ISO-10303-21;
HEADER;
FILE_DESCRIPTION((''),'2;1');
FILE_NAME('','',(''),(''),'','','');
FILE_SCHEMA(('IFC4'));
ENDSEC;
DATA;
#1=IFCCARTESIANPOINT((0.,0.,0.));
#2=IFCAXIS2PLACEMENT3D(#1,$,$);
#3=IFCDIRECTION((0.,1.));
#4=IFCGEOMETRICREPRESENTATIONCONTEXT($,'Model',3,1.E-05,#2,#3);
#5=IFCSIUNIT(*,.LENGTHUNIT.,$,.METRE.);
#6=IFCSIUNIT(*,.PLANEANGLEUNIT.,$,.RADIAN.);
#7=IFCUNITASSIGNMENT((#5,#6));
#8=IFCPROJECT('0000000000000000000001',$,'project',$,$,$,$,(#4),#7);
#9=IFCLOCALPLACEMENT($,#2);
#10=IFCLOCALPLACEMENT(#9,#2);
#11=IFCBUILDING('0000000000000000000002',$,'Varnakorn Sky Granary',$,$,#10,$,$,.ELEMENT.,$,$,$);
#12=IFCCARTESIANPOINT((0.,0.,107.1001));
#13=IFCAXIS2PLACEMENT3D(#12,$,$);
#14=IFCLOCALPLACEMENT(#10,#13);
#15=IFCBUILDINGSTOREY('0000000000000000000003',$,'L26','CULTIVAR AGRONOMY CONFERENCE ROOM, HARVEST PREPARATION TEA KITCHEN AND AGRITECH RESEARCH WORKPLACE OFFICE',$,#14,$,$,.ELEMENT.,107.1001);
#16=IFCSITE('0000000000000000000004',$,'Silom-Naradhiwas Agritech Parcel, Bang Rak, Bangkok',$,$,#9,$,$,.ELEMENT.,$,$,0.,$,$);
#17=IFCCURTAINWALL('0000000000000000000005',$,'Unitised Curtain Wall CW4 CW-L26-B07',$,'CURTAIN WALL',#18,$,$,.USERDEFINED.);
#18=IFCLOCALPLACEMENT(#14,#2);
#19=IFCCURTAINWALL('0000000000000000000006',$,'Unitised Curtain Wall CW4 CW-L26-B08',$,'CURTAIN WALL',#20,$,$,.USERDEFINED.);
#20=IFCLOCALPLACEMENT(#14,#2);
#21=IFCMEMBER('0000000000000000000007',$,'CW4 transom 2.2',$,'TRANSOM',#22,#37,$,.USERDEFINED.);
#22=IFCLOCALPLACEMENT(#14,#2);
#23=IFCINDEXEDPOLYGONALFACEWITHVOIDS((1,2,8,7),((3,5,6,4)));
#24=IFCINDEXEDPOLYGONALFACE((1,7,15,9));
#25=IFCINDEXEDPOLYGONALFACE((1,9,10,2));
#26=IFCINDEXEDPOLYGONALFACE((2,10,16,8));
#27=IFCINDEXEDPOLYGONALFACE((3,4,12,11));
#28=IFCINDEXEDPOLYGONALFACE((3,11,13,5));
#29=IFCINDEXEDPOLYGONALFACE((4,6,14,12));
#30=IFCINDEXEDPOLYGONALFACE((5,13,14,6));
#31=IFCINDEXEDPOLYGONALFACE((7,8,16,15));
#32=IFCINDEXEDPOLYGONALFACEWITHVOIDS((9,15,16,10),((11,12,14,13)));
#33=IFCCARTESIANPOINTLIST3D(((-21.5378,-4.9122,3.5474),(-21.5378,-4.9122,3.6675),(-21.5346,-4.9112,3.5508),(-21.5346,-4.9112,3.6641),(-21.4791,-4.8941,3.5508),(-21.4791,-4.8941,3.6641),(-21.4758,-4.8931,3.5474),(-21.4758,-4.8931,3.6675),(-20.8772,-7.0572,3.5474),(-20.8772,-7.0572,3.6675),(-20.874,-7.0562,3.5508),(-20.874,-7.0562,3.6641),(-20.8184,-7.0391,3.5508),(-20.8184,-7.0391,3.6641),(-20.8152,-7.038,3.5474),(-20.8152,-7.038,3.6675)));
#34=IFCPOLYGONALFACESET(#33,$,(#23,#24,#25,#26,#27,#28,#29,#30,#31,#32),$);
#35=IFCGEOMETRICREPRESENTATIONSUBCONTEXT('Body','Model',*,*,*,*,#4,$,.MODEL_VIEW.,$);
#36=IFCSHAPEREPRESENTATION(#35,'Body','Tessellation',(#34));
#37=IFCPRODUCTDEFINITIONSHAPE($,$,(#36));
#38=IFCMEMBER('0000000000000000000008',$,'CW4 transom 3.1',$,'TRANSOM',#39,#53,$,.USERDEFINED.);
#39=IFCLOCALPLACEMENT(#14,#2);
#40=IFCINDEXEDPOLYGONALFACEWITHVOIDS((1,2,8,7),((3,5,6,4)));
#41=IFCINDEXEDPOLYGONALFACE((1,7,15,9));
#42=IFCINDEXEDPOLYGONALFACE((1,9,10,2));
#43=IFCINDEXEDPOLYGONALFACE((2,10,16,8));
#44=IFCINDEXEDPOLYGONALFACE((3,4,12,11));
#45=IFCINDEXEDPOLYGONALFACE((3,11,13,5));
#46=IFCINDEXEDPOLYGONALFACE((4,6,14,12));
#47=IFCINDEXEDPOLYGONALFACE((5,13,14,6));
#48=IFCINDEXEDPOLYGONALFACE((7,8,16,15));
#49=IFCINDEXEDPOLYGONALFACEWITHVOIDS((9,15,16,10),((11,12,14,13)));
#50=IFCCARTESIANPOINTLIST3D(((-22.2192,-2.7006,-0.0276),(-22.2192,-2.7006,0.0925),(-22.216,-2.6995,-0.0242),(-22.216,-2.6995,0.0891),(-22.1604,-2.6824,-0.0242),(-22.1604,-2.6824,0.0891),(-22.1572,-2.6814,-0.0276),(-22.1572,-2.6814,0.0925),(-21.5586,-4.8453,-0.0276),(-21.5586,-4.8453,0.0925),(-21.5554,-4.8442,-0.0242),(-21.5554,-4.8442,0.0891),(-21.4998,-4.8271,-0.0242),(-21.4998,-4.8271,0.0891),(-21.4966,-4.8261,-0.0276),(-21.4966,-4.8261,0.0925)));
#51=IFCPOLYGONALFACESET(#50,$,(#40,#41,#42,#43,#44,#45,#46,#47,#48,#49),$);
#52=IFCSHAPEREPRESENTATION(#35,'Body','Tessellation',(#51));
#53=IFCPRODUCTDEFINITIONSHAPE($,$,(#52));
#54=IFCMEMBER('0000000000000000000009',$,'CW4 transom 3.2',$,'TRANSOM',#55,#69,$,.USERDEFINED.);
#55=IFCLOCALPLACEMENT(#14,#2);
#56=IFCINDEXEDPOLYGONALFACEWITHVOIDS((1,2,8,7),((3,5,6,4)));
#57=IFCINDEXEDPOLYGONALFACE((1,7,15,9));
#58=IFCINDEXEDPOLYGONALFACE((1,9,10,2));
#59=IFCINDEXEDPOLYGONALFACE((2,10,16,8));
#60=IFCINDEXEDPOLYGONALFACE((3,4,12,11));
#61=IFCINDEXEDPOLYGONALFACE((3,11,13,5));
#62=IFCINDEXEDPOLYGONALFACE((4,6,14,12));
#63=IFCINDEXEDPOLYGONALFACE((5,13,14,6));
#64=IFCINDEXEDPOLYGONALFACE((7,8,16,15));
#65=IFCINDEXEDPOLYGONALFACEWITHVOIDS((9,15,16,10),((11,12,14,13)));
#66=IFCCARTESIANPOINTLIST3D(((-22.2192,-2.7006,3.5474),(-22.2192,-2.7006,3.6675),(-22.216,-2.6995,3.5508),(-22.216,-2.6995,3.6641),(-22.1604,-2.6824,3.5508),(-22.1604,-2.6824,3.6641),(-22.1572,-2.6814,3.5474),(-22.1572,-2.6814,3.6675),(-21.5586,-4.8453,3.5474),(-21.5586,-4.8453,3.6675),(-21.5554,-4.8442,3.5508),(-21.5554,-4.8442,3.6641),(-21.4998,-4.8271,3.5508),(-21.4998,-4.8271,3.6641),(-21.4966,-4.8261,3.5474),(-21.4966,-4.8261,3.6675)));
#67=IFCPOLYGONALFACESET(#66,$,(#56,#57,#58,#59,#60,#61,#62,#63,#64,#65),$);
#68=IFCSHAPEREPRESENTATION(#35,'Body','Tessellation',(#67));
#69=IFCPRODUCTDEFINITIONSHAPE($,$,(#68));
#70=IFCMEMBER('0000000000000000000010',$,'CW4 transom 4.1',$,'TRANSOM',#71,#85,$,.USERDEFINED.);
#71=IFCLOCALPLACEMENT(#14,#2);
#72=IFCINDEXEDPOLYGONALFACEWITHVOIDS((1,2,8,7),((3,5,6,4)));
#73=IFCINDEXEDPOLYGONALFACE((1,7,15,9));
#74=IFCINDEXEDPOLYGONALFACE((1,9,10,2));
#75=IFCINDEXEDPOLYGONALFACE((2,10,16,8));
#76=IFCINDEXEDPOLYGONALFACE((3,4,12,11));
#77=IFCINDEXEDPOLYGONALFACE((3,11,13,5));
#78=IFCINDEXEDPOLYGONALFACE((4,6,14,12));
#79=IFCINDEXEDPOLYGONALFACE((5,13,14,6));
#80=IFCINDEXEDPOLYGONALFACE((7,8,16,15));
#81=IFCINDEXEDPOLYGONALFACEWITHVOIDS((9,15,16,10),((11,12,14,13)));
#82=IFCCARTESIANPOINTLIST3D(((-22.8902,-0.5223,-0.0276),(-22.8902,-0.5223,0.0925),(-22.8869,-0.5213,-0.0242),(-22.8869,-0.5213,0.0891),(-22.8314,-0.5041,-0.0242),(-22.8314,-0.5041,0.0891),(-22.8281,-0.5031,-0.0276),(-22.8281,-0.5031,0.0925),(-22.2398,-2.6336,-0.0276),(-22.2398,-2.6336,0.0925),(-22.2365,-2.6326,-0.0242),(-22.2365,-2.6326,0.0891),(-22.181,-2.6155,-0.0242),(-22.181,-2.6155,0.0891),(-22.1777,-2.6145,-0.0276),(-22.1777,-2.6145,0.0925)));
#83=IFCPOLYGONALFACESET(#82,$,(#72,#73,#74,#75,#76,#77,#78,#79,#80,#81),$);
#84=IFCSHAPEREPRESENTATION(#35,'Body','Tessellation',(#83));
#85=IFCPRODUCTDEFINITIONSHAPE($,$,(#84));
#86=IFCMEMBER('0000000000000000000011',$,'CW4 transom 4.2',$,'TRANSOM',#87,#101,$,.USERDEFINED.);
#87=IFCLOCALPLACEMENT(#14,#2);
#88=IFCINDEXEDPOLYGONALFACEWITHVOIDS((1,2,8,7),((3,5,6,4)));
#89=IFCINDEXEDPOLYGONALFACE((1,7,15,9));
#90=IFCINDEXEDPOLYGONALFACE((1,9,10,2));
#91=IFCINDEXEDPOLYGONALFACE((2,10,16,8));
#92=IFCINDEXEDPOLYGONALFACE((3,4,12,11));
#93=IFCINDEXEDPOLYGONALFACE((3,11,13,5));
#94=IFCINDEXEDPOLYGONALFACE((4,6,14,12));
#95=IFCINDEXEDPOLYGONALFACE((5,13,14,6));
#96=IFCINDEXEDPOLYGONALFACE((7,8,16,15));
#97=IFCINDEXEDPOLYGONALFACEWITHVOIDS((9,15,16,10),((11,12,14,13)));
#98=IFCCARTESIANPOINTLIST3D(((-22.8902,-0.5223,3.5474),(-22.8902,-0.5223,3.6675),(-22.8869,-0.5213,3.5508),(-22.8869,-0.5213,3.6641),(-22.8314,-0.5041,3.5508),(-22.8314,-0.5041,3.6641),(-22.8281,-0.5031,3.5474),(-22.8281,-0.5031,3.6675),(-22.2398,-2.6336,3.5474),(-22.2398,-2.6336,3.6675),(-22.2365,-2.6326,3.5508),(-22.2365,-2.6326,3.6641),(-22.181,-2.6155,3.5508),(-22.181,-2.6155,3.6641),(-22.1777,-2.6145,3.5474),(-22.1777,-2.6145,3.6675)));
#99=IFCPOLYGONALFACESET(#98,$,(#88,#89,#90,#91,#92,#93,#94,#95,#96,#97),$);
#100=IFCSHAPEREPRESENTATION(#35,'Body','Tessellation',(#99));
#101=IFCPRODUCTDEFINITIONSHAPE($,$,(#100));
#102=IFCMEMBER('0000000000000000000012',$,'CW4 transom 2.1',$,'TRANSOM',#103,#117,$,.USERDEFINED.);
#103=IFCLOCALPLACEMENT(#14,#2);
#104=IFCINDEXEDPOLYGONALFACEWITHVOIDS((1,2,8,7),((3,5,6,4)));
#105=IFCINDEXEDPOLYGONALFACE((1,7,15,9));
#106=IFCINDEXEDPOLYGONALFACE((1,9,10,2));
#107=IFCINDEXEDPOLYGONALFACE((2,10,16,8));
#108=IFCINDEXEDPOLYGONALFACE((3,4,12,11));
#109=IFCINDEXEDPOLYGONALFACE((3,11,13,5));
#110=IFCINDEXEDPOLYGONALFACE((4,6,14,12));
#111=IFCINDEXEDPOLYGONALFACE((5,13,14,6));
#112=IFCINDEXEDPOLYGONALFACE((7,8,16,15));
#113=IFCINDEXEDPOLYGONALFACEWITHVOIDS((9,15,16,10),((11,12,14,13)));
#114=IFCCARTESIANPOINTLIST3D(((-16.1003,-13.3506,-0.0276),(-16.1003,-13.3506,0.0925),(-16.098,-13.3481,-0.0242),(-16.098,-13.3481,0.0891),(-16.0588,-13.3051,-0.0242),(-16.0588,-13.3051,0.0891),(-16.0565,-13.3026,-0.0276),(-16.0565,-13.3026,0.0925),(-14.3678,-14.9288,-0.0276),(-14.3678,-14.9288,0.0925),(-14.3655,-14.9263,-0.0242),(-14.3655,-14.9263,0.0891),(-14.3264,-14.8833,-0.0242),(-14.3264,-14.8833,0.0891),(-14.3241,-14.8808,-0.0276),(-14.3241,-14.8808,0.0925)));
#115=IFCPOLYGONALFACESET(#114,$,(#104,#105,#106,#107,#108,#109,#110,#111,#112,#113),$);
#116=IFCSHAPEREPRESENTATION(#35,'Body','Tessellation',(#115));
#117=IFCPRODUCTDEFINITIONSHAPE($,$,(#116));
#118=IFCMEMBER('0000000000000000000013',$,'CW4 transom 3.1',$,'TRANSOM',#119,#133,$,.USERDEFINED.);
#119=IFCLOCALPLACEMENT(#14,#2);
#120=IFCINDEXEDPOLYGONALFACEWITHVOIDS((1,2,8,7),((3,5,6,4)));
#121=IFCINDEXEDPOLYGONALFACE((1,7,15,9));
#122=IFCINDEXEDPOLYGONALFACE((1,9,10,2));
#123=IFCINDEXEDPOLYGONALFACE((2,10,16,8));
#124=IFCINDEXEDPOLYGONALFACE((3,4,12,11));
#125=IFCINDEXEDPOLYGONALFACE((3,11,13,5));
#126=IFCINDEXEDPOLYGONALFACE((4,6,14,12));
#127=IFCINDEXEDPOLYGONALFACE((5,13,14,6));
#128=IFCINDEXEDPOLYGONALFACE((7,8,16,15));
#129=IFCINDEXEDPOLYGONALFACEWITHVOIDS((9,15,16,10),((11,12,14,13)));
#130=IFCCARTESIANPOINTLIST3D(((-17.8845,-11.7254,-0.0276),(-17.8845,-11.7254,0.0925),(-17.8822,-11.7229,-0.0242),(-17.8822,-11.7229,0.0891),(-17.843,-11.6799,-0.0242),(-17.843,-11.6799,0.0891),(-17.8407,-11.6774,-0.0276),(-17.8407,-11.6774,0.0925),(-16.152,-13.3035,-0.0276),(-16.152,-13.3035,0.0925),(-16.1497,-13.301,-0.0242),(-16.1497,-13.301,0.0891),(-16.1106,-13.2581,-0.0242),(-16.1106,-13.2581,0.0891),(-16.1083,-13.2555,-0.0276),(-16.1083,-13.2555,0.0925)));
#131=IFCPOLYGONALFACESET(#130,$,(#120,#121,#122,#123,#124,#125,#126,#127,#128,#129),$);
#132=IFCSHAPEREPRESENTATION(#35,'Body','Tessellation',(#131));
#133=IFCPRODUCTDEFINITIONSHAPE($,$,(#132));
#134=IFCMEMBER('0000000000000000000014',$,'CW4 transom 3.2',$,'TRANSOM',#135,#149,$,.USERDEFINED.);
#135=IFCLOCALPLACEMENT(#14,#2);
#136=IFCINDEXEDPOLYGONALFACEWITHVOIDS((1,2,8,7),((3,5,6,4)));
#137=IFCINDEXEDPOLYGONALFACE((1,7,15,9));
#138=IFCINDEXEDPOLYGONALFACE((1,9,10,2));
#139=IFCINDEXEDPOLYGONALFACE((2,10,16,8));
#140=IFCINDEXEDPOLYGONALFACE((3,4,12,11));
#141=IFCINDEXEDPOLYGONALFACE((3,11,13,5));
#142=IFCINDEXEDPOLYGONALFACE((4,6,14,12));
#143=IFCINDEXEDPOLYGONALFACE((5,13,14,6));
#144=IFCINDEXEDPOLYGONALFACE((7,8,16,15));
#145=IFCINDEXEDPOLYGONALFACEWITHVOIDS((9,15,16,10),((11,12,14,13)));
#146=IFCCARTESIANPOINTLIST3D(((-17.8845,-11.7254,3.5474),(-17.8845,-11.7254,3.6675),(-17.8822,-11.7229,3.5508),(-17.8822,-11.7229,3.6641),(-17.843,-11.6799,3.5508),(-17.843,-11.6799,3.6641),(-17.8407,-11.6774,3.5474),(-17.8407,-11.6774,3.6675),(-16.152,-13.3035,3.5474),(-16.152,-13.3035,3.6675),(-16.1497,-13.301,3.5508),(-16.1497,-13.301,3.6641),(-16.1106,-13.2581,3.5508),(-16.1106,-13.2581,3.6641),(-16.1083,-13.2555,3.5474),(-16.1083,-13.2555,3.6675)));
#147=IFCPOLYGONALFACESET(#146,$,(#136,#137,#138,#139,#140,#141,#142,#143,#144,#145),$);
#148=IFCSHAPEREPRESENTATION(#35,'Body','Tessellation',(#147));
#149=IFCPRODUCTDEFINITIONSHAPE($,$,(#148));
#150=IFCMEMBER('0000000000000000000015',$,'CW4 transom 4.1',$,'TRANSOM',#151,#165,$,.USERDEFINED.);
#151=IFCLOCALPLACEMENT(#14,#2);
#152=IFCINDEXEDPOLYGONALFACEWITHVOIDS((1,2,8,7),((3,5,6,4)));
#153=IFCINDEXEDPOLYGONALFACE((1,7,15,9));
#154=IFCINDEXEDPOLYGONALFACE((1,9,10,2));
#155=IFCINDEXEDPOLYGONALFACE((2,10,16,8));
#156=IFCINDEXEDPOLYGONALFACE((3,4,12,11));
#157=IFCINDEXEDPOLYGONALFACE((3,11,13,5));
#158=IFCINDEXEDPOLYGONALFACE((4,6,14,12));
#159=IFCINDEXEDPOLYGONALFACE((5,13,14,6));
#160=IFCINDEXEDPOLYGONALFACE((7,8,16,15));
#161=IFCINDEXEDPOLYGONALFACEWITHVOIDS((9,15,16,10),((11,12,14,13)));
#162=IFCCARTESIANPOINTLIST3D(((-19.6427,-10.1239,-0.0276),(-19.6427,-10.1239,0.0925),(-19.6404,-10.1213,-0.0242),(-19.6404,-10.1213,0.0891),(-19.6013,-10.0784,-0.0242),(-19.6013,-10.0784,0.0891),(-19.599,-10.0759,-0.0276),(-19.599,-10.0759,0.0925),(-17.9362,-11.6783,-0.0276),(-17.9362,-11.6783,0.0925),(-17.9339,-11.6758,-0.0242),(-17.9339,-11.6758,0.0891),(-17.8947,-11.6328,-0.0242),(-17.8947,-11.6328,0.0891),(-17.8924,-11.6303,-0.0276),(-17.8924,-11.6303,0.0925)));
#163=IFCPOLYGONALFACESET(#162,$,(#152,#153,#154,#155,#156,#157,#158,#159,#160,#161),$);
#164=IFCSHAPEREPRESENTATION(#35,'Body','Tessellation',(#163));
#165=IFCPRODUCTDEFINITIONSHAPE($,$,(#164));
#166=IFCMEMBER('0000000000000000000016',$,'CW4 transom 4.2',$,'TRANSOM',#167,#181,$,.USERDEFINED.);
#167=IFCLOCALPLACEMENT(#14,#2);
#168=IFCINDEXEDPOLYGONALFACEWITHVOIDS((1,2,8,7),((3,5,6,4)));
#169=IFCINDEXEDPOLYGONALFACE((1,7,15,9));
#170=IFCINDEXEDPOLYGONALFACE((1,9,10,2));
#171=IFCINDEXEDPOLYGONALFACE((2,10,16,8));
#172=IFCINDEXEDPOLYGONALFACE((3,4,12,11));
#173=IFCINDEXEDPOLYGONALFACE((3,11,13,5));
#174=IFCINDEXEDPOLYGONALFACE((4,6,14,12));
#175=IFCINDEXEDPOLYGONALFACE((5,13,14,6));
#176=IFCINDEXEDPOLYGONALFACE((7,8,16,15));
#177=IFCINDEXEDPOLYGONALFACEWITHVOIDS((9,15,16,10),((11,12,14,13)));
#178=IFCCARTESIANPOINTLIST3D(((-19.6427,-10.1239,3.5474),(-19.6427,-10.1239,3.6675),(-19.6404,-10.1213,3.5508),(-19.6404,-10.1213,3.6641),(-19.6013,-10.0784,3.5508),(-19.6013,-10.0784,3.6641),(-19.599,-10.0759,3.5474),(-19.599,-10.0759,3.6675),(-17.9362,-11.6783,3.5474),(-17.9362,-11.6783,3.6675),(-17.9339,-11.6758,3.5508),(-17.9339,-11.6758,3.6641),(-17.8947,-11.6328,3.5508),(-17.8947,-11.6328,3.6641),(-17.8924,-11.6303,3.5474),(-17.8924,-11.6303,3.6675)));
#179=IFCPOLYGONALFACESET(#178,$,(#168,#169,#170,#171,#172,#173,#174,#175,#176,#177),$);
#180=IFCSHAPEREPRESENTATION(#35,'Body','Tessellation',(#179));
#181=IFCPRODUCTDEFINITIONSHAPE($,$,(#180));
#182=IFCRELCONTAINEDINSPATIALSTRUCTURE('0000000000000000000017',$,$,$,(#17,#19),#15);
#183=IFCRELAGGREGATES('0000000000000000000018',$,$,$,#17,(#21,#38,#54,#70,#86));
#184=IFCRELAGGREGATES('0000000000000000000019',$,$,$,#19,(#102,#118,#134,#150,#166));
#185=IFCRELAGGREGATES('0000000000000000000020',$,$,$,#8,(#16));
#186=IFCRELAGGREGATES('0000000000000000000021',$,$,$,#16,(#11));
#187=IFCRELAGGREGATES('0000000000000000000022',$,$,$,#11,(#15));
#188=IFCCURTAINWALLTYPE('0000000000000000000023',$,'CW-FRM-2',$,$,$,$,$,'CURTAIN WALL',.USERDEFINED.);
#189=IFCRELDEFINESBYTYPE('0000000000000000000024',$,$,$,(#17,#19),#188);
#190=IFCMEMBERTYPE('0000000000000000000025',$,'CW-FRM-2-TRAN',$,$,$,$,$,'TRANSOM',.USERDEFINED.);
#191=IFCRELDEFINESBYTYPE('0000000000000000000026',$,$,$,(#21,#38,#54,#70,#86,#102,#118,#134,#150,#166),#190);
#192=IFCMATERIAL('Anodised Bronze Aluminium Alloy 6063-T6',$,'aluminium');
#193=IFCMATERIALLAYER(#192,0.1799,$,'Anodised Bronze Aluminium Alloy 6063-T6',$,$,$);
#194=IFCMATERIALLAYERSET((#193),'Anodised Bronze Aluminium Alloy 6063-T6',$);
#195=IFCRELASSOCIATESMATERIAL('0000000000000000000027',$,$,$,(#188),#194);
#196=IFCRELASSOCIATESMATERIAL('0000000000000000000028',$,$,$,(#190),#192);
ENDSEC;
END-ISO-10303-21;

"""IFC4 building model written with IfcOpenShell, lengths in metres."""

from ifc_helpers import new_model, si_unit, direction, frame, origin, origin_2d, place, context, subcontext, project, spatial, hollow_rectangle, extrude, material, layer, layer_set, material_profile, profile_set, type_object, element, aggregate, save


model = new_model("IFC4")

# Units and contexts
model_context = context("Model", 3, precision=1e-05, world=origin(), true_north=direction((0.0, 1.0)))
body_context = subcontext(model_context, "Body", "Model", "MODEL_VIEW")
ifc_project = project(units=[si_unit("LENGTHUNIT", "METRE"), si_unit("PLANEANGLEUNIT", "RADIAN")], contexts=[model_context])

# Site, building, storey
site_placement = place(None, origin())
site = spatial("IfcSite", under=ifc_project, at=site_placement, Name="Silom-Naradhiwas Agritech Parcel, Bang Rak, Bangkok", CompositionType="ELEMENT", RefElevation=0.0)
building_placement = place(site_placement, origin())
building = spatial("IfcBuilding", under=site, at=building_placement, Name="Varnakorn Sky Granary", CompositionType="ELEMENT")
storey_placement = place(building_placement, frame((0.0, 0.0, 107.1001)))
storey = spatial("IfcBuildingStorey", under=building, at=storey_placement, Name="L26", Description="CULTIVAR AGRONOMY CONFERENCE ROOM, HARVEST PREPARATION TEA KITCHEN AND AGRITECH RESEARCH WORKPLACE OFFICE", CompositionType="ELEMENT", Elevation=107.1001)

# Curtain walls
ifc_material_1 = material(Name="Anodised Bronze Aluminium Alloy 6063-T6", Category="aluminium")
ifc_layer_1 = layer(ifc_material_1, 0.1799, Name="Anodised Bronze Aluminium Alloy 6063-T6")
ifc_layer_set_1 = layer_set([ifc_layer_1], Name="Anodised Bronze Aluminium Alloy 6063-T6")
curtain_wall_type = type_object("IfcCurtainWallType", Name="CW-FRM-2", ElementType="CURTAIN WALL", PredefinedType="USERDEFINED", material=ifc_layer_set_1)
curtain_wall_1_placement = place(storey_placement, origin())
curtain_wall_1 = element("IfcCurtainWall", 1, at=curtain_wall_1_placement, inside=storey, type_object=curtain_wall_type, Name="Unitised Curtain Wall CW4 CW-L26-B07", ObjectType="CURTAIN WALL", PredefinedType="USERDEFINED")
curtain_wall_2_placement = place(storey_placement, origin())
curtain_wall_2 = element("IfcCurtainWall", 2, at=curtain_wall_2_placement, inside=storey, type_object=curtain_wall_type, Name="Unitised Curtain Wall CW4 CW-L26-B08", ObjectType="CURTAIN WALL", PredefinedType="USERDEFINED")

# Members
ifc_material_profile_1 = material_profile(ifc_material_1, hollow_rectangle(XDim=0.0649, YDim=0.1201, WallThickness=0.0034, at=origin_2d()), Name="ALU TRAN 65x120")
ifc_profile_set_1 = profile_set([ifc_material_profile_1], Name="Anodised Bronze Aluminium Alloy 6063-T6")
member_type_1 = type_object("IfcMemberType", Name="CW-FRM-2-TRAN", ElementType="TRANSOM", PredefinedType="USERDEFINED", material=ifc_profile_set_1)
member_1_placement = place(storey_placement, frame((-20.8462, -7.0476, 3.6074), z_axis=(-0.294346, 0.955699, 0.0), x_axis=(-0.955699, -0.294346, 0.0)))
member_1 = element("IfcMember", 3, at=member_1_placement, type_object=member_type_1, Name="CW4 transom 2.2", ObjectType="TRANSOM", PredefinedType="USERDEFINED", context=body_context, shape_type="SweptSolid", body=[
    extrude(hollow_rectangle(XDim=0.0649, YDim=0.1201, WallThickness=0.0034, at=origin_2d()), origin(), (0.0, 0.0, 1.0), 2.2444),
])
member_2_placement = place(storey_placement, frame((-21.5276, -4.8357, 0.0325), z_axis=(-0.294376, 0.95569, 0.0), x_axis=(-0.95569, -0.294376, 0.0)))
member_2 = element("IfcMember", 4, at=member_2_placement, type_object=member_type_1, Name="CW4 transom 3.1", ObjectType="TRANSOM", PredefinedType="USERDEFINED", context=body_context, shape_type="SweptSolid", body=[
    extrude(hollow_rectangle(XDim=0.0649, YDim=0.1201, WallThickness=0.0034, at=origin_2d()), origin(), (0.0, 0.0, 1.0), 2.2441),
])
member_3_placement = place(storey_placement, frame((-21.5276, -4.8357, 3.6074), z_axis=(-0.294376, 0.95569, 0.0), x_axis=(-0.95569, -0.294376, 0.0)))
member_3 = element("IfcMember", 5, at=member_3_placement, type_object=member_type_1, Name="CW4 transom 3.2", ObjectType="TRANSOM", PredefinedType="USERDEFINED", context=body_context, shape_type="SweptSolid", body=[
    extrude(hollow_rectangle(XDim=0.0649, YDim=0.1201, WallThickness=0.0034, at=origin_2d()), origin(), (0.0, 0.0, 1.0), 2.2441),
])
member_4_placement = place(storey_placement, frame((-22.2087, -2.624, 0.0325), z_axis=(-0.294396, 0.955683, 0.0), x_axis=(-0.955683, -0.294396, 0.0)))
member_4 = element("IfcMember", 6, at=member_4_placement, type_object=member_type_1, Name="CW4 transom 4.1", ObjectType="TRANSOM", PredefinedType="USERDEFINED", context=body_context, shape_type="SweptSolid", body=[
    extrude(hollow_rectangle(XDim=0.0649, YDim=0.1201, WallThickness=0.0034, at=origin_2d()), origin(), (0.0, 0.0, 1.0), 2.2092),
])
member_5_placement = place(storey_placement, frame((-22.2087, -2.624, 3.6074), z_axis=(-0.294396, 0.955683, 0.0), x_axis=(-0.955683, -0.294396, 0.0)))
member_5 = element("IfcMember", 7, at=member_5_placement, type_object=member_type_1, Name="CW4 transom 4.2", ObjectType="TRANSOM", PredefinedType="USERDEFINED", context=body_context, shape_type="SweptSolid", body=[
    extrude(hollow_rectangle(XDim=0.0649, YDim=0.1201, WallThickness=0.0034, at=origin_2d()), origin(), (0.0, 0.0, 1.0), 2.2092),
])
member_6_placement = place(storey_placement, frame((-14.3459, -14.9048, 0.0325), z_axis=(-0.739261, 0.673419, 0.0), x_axis=(-0.673419, -0.739261, 0.0)))
member_6 = element("IfcMember", 8, at=member_6_placement, type_object=member_type_1, Name="CW4 transom 2.1", ObjectType="TRANSOM", PredefinedType="USERDEFINED", context=body_context, shape_type="SweptSolid", body=[
    extrude(hollow_rectangle(XDim=0.0649, YDim=0.1201, WallThickness=0.0034, at=origin_2d()), origin(), (0.0, 0.0, 1.0), 2.3435),
])
member_7_placement = place(storey_placement, frame((-16.1301, -13.2795, 0.0325), z_axis=(-0.739261, 0.673419, 0.0), x_axis=(-0.673419, -0.739261, 0.0)))
member_7 = element("IfcMember", 9, at=member_7_placement, type_object=member_type_1, Name="CW4 transom 3.1", ObjectType="TRANSOM", PredefinedType="USERDEFINED", context=body_context, shape_type="SweptSolid", body=[
    extrude(hollow_rectangle(XDim=0.0649, YDim=0.1201, WallThickness=0.0034, at=origin_2d()), origin(), (0.0, 0.0, 1.0), 2.3435),
])
member_8_placement = place(storey_placement, frame((-16.1301, -13.2795, 3.6074), z_axis=(-0.739261, 0.673419, 0.0), x_axis=(-0.673419, -0.739261, 0.0)))
member_8 = element("IfcMember", 10, at=member_8_placement, type_object=member_type_1, Name="CW4 transom 3.2", ObjectType="TRANSOM", PredefinedType="USERDEFINED", context=body_context, shape_type="SweptSolid", body=[
    extrude(hollow_rectangle(XDim=0.0649, YDim=0.1201, WallThickness=0.0034, at=origin_2d()), origin(), (0.0, 0.0, 1.0), 2.3435),
])
member_9_placement = place(storey_placement, frame((-17.9143, -11.6543, 0.0325), z_axis=(-0.739284, 0.673394, 0.0), x_axis=(-0.673394, -0.739284, 0.0)))
member_9 = element("IfcMember", 11, at=member_9_placement, type_object=member_type_1, Name="CW4 transom 4.1", ObjectType="TRANSOM", PredefinedType="USERDEFINED", context=body_context, shape_type="SweptSolid", body=[
    extrude(hollow_rectangle(XDim=0.0649, YDim=0.1201, WallThickness=0.0034, at=origin_2d()), origin(), (0.0, 0.0, 1.0), 2.3083),
])
member_10_placement = place(storey_placement, frame((-17.9143, -11.6543, 3.6074), z_axis=(-0.739284, 0.673394, 0.0), x_axis=(-0.673394, -0.739284, 0.0)))
member_10 = element("IfcMember", 12, at=member_10_placement, type_object=member_type_1, Name="CW4 transom 4.2", ObjectType="TRANSOM", PredefinedType="USERDEFINED", context=body_context, shape_type="SweptSolid", body=[
    extrude(hollow_rectangle(XDim=0.0649, YDim=0.1201, WallThickness=0.0034, at=origin_2d()), origin(), (0.0, 0.0, 1.0), 2.3083),
])

aggregate(curtain_wall_1, [member_1, member_2, member_3, member_4, member_5])
aggregate(curtain_wall_2, [member_6, member_7, member_8, member_9, member_10])

save(model, "model.ifc")
